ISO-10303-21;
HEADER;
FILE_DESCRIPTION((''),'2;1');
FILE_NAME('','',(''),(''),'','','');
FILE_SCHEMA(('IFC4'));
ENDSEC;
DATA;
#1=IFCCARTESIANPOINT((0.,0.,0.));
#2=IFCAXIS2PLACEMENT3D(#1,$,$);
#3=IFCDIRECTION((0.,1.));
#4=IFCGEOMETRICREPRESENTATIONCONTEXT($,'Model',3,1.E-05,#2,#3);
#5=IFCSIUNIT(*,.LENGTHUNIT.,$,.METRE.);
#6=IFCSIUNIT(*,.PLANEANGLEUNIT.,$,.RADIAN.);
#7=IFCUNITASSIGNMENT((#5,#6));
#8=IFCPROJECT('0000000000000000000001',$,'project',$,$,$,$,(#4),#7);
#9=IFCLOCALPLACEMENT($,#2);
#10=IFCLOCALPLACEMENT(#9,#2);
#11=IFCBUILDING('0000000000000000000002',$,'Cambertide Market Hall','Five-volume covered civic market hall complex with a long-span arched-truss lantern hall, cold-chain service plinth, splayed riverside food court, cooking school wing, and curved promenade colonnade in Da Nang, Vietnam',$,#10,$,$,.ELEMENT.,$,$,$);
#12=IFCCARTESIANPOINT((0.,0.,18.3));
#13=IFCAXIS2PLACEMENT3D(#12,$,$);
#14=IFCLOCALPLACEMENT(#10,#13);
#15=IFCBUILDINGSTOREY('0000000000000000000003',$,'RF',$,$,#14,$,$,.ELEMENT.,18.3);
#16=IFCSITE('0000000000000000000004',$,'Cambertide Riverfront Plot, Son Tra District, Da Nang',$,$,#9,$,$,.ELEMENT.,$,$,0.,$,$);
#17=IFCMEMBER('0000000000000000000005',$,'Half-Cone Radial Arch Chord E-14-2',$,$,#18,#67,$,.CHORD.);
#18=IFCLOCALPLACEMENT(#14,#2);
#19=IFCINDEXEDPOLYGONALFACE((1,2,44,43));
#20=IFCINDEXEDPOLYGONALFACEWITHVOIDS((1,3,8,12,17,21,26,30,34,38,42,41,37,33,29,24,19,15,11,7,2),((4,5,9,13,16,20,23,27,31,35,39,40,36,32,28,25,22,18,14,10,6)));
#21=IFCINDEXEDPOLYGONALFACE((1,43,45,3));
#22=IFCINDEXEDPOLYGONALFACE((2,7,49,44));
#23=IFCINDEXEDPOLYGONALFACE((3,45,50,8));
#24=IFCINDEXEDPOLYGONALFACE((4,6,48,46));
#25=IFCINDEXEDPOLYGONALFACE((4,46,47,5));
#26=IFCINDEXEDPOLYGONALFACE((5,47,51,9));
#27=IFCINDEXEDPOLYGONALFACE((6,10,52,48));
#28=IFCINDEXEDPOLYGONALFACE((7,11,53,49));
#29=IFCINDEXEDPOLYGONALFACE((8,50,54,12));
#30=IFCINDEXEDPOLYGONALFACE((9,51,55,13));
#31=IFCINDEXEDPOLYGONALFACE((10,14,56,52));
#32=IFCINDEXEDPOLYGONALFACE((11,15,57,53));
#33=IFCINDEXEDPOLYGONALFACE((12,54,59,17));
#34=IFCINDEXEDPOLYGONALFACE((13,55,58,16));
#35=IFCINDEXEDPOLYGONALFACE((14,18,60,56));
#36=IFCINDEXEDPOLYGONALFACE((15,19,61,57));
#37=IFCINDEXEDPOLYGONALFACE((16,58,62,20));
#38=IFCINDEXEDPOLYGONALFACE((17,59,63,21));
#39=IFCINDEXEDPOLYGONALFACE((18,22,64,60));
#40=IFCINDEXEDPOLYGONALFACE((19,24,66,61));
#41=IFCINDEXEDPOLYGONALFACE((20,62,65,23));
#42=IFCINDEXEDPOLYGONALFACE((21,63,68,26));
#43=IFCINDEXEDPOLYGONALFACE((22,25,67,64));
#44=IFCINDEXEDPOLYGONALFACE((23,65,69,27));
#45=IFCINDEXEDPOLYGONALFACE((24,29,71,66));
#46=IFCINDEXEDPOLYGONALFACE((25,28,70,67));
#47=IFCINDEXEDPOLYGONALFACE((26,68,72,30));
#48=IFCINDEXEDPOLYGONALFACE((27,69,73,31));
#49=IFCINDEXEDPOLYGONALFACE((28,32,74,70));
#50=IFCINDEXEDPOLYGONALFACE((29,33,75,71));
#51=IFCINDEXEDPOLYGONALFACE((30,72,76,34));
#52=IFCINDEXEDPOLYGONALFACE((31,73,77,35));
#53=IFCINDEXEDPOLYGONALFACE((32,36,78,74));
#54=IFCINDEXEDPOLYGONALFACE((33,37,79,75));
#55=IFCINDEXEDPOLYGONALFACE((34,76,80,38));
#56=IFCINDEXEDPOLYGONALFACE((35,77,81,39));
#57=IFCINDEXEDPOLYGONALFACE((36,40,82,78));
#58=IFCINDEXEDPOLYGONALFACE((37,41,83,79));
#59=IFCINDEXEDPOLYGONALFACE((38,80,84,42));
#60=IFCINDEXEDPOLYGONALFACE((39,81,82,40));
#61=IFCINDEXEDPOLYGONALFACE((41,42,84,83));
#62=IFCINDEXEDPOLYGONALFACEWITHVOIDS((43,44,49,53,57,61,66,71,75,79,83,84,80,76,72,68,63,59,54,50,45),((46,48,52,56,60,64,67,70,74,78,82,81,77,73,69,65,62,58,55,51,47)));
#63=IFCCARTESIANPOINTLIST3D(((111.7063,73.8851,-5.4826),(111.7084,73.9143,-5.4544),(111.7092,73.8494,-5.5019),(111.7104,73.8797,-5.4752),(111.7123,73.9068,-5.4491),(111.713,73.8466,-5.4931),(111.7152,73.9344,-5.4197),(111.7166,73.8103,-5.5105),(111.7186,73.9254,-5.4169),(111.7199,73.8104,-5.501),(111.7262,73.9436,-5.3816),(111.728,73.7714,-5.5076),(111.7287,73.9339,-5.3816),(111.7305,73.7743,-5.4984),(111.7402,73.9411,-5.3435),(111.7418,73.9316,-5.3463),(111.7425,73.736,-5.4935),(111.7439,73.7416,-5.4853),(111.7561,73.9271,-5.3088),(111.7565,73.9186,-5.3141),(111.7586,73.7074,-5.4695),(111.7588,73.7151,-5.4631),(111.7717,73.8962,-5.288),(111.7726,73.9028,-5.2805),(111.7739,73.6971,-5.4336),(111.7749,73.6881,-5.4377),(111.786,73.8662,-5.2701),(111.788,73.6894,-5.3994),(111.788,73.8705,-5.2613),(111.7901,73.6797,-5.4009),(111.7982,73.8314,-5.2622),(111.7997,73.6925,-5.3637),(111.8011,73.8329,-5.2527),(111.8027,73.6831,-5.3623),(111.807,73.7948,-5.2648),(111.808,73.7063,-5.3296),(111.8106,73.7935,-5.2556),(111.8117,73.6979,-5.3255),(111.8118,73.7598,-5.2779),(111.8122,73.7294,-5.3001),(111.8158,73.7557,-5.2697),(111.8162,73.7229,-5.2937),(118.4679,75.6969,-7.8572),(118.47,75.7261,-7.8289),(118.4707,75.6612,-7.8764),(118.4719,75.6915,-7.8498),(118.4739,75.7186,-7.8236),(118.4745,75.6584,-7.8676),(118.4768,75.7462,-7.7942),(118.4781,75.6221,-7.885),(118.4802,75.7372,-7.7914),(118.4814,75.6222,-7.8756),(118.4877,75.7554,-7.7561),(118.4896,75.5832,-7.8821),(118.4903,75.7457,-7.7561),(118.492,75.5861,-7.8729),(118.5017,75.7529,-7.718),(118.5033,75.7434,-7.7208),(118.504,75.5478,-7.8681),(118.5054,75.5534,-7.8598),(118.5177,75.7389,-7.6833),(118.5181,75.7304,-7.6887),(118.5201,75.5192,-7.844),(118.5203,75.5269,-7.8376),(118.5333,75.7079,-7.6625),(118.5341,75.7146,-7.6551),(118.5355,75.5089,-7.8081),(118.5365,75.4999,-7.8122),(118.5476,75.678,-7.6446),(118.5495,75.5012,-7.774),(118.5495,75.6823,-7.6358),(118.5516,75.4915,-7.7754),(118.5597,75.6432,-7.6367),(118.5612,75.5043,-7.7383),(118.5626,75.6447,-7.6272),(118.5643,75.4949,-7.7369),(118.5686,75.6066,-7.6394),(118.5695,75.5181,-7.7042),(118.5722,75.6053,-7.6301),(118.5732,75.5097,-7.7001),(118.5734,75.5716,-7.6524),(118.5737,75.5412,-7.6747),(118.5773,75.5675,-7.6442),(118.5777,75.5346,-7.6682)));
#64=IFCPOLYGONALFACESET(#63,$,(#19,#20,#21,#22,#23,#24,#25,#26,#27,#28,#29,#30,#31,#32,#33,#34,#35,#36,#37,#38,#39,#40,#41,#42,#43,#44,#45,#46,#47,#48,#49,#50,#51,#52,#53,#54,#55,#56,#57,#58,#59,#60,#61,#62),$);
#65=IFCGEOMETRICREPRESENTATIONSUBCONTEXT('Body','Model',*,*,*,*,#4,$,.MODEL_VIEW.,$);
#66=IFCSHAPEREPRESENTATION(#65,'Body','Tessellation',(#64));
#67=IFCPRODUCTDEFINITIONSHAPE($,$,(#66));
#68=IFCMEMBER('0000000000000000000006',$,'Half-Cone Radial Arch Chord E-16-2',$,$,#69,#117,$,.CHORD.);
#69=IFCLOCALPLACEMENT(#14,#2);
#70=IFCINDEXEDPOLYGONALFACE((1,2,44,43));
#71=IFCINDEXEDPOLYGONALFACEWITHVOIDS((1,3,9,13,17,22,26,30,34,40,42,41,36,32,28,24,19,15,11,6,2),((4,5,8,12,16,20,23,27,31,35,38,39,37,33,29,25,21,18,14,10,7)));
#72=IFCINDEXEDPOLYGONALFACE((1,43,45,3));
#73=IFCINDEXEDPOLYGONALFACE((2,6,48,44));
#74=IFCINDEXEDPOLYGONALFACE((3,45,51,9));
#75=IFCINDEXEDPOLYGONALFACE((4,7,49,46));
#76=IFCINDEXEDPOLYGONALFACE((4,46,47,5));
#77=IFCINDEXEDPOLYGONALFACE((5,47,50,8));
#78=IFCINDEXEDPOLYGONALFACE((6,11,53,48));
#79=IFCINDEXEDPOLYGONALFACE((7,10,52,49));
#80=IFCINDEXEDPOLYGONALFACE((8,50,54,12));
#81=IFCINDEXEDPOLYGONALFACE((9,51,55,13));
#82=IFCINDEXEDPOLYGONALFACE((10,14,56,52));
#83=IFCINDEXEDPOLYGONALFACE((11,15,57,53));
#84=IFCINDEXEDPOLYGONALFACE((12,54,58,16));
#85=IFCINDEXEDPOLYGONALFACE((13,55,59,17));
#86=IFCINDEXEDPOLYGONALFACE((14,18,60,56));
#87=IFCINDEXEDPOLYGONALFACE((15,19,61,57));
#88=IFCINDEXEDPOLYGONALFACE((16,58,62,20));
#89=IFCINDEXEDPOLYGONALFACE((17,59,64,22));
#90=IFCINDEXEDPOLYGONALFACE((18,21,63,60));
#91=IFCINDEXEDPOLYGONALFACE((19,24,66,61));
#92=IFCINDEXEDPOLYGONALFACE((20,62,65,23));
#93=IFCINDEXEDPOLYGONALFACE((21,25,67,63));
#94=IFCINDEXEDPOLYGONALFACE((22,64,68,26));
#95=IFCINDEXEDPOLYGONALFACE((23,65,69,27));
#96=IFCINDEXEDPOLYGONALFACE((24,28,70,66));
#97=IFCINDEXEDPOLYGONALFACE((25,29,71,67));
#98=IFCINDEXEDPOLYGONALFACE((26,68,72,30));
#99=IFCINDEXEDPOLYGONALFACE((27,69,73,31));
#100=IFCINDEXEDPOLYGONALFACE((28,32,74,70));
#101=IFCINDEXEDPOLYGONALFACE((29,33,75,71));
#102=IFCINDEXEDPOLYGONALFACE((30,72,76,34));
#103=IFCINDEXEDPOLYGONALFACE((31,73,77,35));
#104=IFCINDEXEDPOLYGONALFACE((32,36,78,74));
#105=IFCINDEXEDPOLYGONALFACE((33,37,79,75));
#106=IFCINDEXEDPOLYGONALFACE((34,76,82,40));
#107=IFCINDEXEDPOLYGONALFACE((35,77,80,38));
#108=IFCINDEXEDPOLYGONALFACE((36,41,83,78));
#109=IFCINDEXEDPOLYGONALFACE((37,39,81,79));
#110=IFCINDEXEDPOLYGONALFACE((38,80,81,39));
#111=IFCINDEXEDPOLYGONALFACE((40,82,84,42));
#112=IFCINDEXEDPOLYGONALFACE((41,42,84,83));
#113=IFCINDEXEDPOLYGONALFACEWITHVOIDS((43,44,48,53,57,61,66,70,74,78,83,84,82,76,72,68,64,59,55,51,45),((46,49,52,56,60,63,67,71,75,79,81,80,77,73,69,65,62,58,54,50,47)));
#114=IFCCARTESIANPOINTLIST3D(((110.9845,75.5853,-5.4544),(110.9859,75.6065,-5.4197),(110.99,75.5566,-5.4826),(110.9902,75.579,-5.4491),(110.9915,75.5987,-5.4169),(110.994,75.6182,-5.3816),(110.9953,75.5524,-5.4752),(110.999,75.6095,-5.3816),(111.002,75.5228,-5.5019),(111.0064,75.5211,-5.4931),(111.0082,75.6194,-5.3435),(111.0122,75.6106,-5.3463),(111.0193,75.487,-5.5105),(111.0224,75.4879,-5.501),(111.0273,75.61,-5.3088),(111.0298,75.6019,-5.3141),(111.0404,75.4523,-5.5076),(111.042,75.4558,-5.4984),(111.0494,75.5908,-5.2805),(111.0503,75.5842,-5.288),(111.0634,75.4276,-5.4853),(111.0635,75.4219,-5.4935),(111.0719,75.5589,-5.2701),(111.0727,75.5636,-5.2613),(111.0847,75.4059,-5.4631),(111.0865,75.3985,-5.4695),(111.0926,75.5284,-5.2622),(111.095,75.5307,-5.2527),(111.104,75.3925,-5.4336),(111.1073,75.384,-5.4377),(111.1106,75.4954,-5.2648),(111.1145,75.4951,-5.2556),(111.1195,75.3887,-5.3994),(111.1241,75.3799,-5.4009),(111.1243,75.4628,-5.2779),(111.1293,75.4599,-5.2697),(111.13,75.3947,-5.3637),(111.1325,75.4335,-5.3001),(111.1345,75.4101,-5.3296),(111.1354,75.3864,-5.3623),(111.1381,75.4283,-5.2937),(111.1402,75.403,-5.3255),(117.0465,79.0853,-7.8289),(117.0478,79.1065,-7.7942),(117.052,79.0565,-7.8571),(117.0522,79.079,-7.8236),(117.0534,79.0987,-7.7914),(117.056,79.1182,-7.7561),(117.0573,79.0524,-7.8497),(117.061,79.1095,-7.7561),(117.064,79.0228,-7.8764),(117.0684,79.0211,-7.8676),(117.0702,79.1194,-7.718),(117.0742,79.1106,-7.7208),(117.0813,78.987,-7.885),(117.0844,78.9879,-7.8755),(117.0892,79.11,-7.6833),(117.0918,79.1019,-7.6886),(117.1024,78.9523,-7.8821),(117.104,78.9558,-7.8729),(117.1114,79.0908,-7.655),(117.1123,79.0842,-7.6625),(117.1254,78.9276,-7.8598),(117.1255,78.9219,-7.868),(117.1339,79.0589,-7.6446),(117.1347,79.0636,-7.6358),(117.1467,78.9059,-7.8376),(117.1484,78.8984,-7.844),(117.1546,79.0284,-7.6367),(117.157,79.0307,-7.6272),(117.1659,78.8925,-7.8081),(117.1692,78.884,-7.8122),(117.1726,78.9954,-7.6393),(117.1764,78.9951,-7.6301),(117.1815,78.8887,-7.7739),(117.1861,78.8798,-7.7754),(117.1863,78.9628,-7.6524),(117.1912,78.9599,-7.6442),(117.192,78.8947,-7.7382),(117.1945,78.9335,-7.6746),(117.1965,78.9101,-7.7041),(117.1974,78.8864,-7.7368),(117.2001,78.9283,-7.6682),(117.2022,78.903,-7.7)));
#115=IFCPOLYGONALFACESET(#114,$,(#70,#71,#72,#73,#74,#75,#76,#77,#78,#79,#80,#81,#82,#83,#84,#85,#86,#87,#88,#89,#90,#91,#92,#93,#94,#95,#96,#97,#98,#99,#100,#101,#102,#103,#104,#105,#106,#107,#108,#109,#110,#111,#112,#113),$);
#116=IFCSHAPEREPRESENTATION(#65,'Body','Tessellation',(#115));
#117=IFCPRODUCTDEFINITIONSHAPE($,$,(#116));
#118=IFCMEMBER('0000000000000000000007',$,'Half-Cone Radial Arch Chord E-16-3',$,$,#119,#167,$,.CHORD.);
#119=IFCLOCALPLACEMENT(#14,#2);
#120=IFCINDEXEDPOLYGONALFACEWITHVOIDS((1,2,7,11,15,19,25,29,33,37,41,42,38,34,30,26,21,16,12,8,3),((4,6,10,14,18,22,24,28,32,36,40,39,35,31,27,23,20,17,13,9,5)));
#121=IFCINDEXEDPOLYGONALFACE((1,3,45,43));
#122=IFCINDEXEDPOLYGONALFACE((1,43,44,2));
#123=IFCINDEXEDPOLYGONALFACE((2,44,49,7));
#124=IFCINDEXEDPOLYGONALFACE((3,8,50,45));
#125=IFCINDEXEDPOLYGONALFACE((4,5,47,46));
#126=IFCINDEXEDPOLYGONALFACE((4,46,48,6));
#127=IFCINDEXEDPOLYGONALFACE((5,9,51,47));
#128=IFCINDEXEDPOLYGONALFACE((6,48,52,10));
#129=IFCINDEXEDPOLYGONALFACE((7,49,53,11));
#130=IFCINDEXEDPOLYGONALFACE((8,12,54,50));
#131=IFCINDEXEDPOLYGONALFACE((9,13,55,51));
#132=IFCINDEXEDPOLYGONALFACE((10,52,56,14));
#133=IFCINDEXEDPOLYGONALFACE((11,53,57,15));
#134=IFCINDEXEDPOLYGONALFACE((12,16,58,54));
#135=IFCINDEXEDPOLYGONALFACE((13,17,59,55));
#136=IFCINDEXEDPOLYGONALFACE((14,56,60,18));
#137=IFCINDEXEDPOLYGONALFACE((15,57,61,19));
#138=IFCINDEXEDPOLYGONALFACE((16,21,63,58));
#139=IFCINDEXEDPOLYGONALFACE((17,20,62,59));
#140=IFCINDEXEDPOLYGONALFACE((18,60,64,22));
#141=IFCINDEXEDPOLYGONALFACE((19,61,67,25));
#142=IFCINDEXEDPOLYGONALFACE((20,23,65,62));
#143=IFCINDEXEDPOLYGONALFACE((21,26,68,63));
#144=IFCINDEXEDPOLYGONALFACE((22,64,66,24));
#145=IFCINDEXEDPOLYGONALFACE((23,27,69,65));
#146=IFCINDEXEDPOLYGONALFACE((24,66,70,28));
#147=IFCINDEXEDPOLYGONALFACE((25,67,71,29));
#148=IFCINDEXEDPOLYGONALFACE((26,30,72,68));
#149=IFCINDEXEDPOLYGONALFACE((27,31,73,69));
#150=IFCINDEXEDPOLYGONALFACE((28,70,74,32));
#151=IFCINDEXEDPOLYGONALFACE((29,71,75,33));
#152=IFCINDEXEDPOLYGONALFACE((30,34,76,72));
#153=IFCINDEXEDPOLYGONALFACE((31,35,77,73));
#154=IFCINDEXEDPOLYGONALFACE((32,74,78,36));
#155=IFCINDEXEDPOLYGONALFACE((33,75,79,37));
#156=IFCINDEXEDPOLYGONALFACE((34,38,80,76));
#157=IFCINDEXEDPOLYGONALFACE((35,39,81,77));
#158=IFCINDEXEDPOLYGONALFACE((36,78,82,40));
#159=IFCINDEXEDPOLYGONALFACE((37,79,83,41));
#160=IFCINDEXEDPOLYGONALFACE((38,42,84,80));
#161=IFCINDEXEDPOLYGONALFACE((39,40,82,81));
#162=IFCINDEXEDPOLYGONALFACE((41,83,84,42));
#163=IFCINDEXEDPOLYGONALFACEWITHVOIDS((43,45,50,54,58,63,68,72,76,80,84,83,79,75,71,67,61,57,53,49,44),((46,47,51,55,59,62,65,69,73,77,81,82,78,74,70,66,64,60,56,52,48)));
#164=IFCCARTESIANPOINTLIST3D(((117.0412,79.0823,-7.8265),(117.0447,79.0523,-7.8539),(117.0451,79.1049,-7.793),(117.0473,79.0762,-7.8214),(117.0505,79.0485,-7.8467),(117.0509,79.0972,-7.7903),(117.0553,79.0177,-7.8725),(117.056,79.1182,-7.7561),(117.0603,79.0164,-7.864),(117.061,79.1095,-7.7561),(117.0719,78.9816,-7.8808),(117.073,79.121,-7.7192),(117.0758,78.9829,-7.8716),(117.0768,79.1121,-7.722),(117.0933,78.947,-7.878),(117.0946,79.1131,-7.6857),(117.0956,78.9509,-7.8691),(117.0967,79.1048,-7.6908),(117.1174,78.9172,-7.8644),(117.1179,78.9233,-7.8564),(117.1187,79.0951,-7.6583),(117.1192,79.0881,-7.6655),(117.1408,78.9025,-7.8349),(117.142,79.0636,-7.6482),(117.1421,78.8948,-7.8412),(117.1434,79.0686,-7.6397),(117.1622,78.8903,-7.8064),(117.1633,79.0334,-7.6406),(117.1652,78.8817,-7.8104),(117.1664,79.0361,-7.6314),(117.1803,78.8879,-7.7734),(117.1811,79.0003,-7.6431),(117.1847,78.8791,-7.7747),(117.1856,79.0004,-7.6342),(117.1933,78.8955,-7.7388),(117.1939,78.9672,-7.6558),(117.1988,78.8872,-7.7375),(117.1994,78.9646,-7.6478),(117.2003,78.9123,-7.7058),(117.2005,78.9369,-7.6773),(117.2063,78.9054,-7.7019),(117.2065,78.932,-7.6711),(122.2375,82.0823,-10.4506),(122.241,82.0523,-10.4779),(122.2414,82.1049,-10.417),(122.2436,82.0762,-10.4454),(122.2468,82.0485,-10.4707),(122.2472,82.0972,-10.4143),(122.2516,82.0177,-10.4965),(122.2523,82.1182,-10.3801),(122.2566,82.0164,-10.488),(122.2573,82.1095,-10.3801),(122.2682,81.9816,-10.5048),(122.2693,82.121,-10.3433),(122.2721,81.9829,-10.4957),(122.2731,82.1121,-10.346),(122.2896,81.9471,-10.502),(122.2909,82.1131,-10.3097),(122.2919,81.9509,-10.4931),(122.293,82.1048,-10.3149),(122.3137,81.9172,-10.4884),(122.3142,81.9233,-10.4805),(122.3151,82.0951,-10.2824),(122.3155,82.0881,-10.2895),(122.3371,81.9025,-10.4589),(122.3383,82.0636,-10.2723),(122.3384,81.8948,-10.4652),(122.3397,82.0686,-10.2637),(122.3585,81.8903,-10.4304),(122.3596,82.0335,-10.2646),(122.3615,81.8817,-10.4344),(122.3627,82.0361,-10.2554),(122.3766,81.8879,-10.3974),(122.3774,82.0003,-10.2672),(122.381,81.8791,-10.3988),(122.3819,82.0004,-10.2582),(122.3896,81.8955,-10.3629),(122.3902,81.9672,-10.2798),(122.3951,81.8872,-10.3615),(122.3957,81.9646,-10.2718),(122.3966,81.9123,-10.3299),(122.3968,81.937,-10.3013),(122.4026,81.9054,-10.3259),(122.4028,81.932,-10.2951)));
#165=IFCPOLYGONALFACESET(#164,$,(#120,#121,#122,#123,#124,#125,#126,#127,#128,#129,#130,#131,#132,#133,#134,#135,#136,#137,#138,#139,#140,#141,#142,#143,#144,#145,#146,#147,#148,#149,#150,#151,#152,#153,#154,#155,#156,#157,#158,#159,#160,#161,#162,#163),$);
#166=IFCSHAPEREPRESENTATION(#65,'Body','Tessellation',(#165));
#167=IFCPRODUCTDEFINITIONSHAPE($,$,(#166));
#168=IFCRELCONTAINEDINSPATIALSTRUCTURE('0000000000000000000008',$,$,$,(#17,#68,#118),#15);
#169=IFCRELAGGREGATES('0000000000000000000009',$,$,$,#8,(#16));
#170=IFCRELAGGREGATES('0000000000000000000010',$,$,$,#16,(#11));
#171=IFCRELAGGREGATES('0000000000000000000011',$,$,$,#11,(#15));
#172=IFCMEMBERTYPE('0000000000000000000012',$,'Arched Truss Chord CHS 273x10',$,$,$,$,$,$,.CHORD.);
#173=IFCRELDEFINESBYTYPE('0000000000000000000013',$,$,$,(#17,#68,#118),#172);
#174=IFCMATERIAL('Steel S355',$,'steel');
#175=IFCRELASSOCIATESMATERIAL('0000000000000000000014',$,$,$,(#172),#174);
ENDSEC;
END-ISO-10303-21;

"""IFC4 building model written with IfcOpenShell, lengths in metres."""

from ifc_helpers import new_model, si_unit, direction, frame, origin, origin_2d, place, context, subcontext, project, spatial, hollow_circle, extrude, material, material_profile, profile_set, type_object, element, save


model = new_model("IFC4")

# Units and contexts
model_context = context("Model", 3, precision=1e-05, world=origin(), true_north=direction((0.0, 1.0)))
body_context = subcontext(model_context, "Body", "Model", "MODEL_VIEW")
ifc_project = project(units=[si_unit("LENGTHUNIT", "METRE"), si_unit("PLANEANGLEUNIT", "RADIAN")], contexts=[model_context])

# Site, building, storey
site_placement = place(None, origin())
site = spatial("IfcSite", under=ifc_project, at=site_placement, Name="Cambertide Riverfront Plot, Son Tra District, Da Nang", CompositionType="ELEMENT", RefElevation=0.0)
building_placement = place(site_placement, origin())
building = spatial("IfcBuilding", under=site, at=building_placement, Name="Cambertide Market Hall", Description="Five-volume covered civic market hall complex with a long-span arched-truss lantern hall, cold-chain service plinth, splayed riverside food court, cooking school wing, and curved promenade colonnade in Da Nang, Vietnam", CompositionType="ELEMENT")
storey_placement = place(building_placement, frame((0.0, 0.0, 18.3)))
storey = spatial("IfcBuildingStorey", under=building, at=storey_placement, Name="RF", CompositionType="ELEMENT", Elevation=18.3)

# Members
ifc_material_1 = material(Name="Steel S355", Category="steel")
ifc_material_profile_1 = material_profile(ifc_material_1, hollow_circle(Radius=0.1365, WallThickness=0.01, at=origin_2d()), Name="CHS 273x10")
ifc_profile_set_1 = profile_set([ifc_material_profile_1], Name="Steel S355")
member_type_1 = type_object("IfcMemberType", Name="Arched Truss Chord CHS 273x10", PredefinedType="CHORD", material=ifc_profile_set_1)
member_1_placement = place(storey_placement, frame((111.7615, 73.8118, -5.3816), z_axis=(0.914729, 0.245106, -0.321237), x_axis=(-0.258824, 0.965925, 0.0)))
element("IfcMember", 1, at=member_1_placement, inside=storey, type_object=member_type_1, Name="Half-Cone Radial Arch Chord E-14-2", PredefinedType="CHORD", context=body_context, shape_type="SweptSolid", body=[
    extrude(hollow_circle(Radius=0.1365, WallThickness=0.01, at=origin_2d()), origin(), (0.0, 0.0, 1.0), 7.3918),
])
member_2_placement = place(storey_placement, frame((111.0623, 75.5, -5.3816), z_axis=(0.820118, 0.473508, -0.321243), x_axis=(-0.50001, 0.866019, 0.0)))
element("IfcMember", 2, at=member_2_placement, inside=storey, type_object=member_type_1, Name="Half-Cone Radial Arch Chord E-16-2", PredefinedType="CHORD", context=body_context, shape_type="SweptSolid", body=[
    extrude(hollow_circle(Radius=0.1365, WallThickness=0.01, at=origin_2d()), origin(), (0.0, 0.0, 1.0), 7.3916),
])
for number, where, z_axis, x_axis, name in (
    (3, (117.1243, 79.0, -7.7561), (0.793471, 0.458098, -0.400687), (-0.49999, 0.866031, 0.0), "Half-Cone Radial Arch Chord E-16-3"),
):
    element("IfcMember", number, at=place(storey_placement, frame(where, z_axis=z_axis, x_axis=x_axis)), inside=storey, type_object=member_type_1, Name=name, PredefinedType="CHORD", context=body_context, shape_type="SweptSolid", body=[
        extrude(hollow_circle(Radius=0.1365, WallThickness=0.01, at=origin_2d()), origin(), (0.0, 0.0, 1.0), 6.5488),
    ])

save(model, "model.ifc")
